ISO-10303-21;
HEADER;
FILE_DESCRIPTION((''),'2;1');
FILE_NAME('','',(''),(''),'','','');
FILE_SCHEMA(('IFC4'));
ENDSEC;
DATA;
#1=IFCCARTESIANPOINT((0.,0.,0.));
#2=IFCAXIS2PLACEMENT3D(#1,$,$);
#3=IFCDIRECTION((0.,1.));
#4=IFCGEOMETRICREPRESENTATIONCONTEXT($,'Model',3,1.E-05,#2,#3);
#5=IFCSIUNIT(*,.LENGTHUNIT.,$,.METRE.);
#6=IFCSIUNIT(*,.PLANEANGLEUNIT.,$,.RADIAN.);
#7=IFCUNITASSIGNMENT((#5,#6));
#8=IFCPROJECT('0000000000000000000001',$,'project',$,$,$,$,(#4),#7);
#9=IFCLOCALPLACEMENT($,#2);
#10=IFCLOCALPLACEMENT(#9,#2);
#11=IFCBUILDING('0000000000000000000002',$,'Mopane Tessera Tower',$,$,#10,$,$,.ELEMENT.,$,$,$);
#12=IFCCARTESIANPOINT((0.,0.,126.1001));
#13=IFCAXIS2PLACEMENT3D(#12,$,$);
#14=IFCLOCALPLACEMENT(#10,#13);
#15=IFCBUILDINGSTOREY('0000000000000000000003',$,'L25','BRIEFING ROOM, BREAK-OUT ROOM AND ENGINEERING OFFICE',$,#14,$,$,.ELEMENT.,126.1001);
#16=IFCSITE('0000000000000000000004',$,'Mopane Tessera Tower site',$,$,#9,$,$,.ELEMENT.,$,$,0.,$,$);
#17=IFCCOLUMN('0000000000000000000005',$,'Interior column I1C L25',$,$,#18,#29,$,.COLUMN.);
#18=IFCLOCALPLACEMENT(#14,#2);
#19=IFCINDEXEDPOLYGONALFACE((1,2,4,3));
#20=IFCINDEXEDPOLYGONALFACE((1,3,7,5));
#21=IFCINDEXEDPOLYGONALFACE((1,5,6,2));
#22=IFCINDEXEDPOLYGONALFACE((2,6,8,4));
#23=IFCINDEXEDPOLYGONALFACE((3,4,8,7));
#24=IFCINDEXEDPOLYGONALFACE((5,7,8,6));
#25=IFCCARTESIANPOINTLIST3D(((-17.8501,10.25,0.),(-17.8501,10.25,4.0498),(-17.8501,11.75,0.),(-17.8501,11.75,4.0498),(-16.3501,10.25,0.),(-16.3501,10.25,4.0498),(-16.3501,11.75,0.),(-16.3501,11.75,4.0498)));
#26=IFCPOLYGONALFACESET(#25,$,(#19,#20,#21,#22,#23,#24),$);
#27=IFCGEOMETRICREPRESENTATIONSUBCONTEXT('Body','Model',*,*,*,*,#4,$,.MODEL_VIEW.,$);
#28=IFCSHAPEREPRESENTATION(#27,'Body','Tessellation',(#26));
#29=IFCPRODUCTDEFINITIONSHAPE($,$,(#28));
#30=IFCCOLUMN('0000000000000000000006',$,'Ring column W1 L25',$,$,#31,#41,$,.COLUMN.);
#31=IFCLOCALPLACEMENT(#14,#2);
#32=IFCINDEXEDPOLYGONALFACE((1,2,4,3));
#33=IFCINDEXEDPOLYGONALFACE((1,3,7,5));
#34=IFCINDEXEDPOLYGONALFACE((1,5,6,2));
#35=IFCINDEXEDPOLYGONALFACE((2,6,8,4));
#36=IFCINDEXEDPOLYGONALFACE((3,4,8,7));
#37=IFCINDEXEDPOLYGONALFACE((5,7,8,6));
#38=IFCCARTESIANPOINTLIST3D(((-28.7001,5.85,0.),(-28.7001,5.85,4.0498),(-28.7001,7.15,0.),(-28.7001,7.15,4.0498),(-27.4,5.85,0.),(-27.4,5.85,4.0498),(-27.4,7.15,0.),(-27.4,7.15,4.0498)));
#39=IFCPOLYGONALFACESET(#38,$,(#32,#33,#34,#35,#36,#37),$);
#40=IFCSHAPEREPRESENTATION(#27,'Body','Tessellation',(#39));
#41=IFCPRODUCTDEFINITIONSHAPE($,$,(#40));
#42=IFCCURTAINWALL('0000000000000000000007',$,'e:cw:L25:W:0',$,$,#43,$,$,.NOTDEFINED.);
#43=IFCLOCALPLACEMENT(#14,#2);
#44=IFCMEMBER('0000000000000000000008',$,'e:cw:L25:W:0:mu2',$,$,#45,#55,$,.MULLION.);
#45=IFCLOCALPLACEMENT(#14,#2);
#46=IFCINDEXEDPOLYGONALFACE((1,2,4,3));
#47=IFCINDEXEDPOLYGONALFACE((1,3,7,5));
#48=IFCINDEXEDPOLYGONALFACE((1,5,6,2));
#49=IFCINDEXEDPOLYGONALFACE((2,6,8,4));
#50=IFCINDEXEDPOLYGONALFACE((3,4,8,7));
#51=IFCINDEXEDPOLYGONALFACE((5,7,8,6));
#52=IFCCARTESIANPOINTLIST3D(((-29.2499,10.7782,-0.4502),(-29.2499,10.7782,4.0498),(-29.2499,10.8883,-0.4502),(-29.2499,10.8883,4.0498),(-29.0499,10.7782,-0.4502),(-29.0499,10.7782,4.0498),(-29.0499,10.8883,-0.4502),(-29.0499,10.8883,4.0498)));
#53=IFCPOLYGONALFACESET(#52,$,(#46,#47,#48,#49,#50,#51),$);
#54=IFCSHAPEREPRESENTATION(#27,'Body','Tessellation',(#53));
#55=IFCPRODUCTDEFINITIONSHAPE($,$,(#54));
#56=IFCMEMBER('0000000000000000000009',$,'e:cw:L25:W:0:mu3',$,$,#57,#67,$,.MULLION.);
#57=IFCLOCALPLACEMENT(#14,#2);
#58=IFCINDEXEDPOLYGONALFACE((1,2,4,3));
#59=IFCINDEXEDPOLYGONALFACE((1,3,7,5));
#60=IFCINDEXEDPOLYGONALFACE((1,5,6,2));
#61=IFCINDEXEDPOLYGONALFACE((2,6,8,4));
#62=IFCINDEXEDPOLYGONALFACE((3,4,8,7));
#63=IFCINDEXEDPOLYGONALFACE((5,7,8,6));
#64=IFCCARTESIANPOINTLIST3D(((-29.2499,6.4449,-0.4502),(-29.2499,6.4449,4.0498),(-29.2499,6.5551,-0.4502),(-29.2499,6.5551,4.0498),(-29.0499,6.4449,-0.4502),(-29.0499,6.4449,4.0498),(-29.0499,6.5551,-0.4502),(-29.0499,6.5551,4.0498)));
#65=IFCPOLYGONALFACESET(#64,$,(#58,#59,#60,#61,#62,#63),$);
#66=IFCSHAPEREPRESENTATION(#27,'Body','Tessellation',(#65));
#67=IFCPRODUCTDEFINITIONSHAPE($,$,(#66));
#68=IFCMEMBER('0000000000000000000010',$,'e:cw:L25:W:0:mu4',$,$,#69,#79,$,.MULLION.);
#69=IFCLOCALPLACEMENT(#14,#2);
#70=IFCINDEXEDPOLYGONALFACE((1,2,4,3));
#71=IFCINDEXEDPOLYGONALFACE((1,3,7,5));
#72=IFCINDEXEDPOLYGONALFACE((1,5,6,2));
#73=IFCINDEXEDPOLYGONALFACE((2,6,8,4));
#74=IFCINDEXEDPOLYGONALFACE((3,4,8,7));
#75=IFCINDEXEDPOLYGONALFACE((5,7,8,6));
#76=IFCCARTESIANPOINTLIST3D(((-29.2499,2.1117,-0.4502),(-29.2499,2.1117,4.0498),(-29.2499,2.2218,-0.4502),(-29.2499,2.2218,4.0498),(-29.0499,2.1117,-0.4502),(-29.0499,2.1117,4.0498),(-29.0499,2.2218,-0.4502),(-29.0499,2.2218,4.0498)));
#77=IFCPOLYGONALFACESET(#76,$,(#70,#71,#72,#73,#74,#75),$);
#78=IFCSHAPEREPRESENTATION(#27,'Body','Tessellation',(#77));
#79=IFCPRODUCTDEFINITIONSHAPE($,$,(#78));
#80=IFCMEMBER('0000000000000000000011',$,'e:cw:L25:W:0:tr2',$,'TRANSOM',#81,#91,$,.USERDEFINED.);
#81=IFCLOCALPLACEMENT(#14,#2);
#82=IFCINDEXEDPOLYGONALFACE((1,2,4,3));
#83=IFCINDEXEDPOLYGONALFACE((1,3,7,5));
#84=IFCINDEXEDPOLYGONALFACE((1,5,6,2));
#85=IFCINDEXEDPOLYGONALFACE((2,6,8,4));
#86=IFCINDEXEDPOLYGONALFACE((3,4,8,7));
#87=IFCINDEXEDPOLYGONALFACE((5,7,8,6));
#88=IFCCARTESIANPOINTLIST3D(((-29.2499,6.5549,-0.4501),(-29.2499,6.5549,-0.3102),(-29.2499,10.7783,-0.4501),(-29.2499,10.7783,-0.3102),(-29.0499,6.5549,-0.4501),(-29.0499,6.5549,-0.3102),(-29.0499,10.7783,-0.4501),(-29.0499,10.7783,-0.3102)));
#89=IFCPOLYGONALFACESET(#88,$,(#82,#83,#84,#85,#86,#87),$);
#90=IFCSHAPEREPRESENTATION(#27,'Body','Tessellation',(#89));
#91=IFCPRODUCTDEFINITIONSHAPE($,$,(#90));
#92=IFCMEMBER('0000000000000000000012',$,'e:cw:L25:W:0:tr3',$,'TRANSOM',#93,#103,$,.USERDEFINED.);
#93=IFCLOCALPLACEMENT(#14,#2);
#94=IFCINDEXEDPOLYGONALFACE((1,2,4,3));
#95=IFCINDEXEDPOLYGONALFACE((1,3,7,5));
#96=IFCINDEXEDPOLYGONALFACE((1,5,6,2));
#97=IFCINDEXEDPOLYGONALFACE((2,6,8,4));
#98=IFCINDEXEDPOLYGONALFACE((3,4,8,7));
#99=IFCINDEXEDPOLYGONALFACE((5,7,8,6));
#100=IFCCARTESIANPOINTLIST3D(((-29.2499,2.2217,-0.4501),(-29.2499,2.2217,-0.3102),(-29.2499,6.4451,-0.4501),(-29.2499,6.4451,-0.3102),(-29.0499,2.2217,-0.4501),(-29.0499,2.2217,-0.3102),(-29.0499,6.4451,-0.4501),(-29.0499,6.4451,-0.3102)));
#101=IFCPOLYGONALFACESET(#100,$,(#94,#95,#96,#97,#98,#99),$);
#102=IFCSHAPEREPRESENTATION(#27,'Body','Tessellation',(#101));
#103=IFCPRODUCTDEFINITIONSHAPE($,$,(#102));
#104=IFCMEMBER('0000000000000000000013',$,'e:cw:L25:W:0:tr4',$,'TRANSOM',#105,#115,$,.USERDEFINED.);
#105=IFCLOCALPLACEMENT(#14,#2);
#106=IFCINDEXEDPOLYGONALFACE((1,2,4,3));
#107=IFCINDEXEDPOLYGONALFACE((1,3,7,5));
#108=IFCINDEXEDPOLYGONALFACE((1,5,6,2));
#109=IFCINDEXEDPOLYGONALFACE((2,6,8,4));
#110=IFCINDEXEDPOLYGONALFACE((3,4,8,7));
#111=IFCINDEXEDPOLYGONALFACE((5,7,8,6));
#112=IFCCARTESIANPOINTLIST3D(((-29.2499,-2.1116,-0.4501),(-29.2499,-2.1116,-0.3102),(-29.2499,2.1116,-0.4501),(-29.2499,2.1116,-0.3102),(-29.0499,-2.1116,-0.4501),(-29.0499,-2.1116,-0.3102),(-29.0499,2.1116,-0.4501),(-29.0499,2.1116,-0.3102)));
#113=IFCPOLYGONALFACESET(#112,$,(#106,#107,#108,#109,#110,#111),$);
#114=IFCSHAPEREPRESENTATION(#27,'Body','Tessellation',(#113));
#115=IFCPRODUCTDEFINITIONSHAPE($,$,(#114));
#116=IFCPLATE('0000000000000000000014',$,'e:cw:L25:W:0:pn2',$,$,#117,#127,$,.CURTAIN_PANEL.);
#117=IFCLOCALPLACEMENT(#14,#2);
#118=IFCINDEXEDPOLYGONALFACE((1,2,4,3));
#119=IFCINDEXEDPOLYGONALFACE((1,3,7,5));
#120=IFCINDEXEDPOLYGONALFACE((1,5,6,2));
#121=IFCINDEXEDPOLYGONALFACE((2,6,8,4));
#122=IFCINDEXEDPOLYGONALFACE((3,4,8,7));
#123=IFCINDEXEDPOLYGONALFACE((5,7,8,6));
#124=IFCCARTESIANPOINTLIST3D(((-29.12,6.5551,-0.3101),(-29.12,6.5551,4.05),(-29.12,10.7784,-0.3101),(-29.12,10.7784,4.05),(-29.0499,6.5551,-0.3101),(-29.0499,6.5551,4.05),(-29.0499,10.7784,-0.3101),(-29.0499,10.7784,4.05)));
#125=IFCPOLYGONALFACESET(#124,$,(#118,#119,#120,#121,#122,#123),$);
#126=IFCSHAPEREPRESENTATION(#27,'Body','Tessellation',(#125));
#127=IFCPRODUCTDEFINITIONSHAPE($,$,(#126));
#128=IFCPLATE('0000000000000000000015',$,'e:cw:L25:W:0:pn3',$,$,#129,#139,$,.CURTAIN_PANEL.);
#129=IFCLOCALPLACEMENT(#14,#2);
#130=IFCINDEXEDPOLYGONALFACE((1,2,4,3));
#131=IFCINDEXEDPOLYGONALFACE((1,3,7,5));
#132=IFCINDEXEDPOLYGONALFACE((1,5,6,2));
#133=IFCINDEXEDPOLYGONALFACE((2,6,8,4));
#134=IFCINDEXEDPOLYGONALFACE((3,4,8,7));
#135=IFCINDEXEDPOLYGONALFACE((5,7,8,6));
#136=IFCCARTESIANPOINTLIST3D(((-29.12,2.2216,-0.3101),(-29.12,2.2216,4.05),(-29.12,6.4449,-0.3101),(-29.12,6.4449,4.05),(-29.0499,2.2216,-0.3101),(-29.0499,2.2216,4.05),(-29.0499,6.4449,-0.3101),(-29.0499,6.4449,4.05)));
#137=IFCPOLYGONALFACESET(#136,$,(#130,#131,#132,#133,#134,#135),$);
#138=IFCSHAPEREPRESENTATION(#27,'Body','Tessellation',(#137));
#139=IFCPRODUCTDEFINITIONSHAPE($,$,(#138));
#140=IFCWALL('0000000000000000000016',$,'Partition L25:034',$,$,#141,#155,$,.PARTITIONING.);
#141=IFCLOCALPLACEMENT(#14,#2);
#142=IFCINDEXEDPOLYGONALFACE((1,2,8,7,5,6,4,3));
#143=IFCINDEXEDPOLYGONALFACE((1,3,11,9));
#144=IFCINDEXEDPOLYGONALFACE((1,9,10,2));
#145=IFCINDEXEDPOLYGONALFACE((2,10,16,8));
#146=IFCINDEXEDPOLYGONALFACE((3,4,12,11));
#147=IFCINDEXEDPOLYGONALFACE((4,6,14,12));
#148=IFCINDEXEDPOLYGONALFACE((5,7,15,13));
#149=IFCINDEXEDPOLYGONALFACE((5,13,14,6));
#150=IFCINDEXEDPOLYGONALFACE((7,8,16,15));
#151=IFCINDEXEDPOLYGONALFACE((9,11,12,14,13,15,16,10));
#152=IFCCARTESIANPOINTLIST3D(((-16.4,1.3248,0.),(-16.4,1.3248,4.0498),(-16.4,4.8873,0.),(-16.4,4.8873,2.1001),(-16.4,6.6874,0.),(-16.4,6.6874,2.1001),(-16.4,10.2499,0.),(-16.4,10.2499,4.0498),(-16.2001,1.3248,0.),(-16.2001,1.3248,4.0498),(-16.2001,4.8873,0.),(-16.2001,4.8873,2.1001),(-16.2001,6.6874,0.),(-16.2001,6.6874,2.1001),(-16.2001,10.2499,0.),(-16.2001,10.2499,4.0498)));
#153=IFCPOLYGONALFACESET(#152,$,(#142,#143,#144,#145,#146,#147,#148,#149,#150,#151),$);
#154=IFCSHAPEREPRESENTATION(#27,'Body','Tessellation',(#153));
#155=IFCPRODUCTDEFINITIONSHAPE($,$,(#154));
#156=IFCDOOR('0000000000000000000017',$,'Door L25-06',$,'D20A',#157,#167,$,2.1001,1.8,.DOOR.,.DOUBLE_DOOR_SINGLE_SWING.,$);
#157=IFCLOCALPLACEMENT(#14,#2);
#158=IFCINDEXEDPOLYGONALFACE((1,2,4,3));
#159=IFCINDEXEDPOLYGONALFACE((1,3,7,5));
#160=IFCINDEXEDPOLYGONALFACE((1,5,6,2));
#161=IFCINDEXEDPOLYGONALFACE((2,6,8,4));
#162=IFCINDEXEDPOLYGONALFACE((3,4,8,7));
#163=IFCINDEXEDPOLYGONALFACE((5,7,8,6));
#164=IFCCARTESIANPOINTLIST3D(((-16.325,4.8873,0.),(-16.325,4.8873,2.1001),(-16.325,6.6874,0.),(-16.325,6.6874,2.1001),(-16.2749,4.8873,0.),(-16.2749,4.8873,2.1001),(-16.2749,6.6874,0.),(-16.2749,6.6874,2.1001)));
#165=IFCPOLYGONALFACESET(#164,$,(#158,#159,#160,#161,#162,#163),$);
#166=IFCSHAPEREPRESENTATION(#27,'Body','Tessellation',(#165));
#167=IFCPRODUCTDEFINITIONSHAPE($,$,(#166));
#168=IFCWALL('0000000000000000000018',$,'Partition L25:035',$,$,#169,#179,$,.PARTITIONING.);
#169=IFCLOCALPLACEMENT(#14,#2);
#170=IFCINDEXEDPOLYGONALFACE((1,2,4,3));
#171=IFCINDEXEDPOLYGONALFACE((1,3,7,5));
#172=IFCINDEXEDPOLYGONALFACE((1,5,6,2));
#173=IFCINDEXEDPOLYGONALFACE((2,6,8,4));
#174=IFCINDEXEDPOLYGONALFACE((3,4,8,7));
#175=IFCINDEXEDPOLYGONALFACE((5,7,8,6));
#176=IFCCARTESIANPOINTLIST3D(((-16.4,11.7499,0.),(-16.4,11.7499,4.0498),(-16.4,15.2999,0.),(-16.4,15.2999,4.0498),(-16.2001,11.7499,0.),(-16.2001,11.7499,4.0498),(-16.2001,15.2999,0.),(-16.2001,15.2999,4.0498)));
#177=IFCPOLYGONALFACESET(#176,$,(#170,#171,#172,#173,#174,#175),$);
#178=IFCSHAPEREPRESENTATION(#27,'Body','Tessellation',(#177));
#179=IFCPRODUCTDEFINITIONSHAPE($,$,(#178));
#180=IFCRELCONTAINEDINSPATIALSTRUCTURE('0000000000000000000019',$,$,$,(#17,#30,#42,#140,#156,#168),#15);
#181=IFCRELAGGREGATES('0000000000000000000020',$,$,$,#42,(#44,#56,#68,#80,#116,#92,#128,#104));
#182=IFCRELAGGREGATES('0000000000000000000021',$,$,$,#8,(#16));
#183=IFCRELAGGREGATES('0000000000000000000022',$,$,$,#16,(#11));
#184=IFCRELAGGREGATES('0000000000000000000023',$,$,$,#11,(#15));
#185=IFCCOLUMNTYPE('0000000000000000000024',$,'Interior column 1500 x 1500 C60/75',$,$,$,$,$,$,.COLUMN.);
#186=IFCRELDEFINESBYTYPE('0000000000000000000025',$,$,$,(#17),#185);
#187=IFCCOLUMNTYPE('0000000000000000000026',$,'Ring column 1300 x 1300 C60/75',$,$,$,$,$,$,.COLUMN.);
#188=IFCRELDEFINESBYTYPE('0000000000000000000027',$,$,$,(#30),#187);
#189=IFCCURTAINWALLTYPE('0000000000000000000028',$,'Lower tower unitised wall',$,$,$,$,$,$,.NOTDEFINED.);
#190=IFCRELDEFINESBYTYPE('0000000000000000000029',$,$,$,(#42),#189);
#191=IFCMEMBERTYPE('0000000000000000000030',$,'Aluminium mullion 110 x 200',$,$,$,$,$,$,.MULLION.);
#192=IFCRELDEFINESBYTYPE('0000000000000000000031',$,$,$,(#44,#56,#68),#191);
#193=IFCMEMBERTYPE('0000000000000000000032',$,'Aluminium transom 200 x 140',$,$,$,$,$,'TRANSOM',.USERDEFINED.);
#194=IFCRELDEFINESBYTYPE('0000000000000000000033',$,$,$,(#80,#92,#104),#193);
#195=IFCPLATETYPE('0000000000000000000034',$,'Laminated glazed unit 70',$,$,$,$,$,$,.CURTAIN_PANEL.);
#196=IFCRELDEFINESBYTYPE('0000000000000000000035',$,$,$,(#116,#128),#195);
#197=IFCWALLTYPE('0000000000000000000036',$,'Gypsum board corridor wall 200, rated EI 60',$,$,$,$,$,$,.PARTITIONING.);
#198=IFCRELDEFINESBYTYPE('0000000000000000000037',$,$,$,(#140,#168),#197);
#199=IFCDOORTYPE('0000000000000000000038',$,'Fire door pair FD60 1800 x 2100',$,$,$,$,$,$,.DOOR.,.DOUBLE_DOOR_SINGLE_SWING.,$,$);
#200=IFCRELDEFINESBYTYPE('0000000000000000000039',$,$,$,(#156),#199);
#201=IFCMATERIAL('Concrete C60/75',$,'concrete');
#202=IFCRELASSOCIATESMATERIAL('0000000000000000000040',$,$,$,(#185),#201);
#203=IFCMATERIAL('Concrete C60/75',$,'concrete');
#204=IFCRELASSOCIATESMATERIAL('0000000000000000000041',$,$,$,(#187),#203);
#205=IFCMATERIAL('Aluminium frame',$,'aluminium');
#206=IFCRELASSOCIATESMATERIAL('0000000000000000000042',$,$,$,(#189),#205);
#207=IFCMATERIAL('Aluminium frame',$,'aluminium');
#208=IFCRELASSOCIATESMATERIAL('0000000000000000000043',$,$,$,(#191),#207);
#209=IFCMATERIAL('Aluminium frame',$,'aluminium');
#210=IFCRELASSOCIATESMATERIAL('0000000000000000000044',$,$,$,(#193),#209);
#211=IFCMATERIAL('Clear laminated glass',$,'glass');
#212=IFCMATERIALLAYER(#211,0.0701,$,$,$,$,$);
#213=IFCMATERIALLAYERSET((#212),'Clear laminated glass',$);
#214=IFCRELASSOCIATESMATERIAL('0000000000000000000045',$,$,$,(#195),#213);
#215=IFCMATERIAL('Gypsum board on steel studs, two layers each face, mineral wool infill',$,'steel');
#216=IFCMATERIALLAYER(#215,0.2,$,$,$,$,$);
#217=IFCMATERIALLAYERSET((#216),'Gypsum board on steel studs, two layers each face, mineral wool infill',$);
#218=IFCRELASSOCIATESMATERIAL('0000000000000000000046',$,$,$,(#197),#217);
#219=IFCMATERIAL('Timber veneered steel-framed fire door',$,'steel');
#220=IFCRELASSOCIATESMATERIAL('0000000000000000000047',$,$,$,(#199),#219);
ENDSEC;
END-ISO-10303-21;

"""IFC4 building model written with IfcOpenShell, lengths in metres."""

from ifc_helpers import new_model, si_unit, direction, frame, frame_2d, origin, origin_2d, place, context, subcontext, project, spatial, rectangle, extrude, material, layer, layer_set, material_profile, profile_set, type_object, element, fill, aggregate, save


model = new_model("IFC4")

# Units and contexts
model_context = context("Model", 3, precision=1e-05, world=origin(), true_north=direction((0.0, 1.0)))
body_context = subcontext(model_context, "Body", "Model", "MODEL_VIEW")
ifc_project = project(units=[si_unit("LENGTHUNIT", "METRE"), si_unit("PLANEANGLEUNIT", "RADIAN")], contexts=[model_context])

# Site, building, storey
site_placement = place(None, origin())
site = spatial("IfcSite", under=ifc_project, at=site_placement, Name="Mopane Tessera Tower site", CompositionType="ELEMENT", RefElevation=0.0)
building_placement = place(site_placement, origin())
building = spatial("IfcBuilding", under=site, at=building_placement, Name="Mopane Tessera Tower", CompositionType="ELEMENT")
storey_placement = place(building_placement, frame((0.0, 0.0, 126.1001)))
storey = spatial("IfcBuildingStorey", under=building, at=storey_placement, Name="L25", Description="BRIEFING ROOM, BREAK-OUT ROOM AND ENGINEERING OFFICE", CompositionType="ELEMENT", Elevation=126.1001)

# Columns
ifc_material_1 = material(Name="Concrete C60/75", Category="concrete")
ifc_material_profile_1 = material_profile(ifc_material_1, rectangle(XDim=1.5, YDim=1.5, at=origin_2d()))
ifc_profile_set_1 = profile_set([ifc_material_profile_1], Name="Concrete C60/75")
column_type_1 = type_object("IfcColumnType", Name="Interior column 1500 x 1500 C60/75", PredefinedType="COLUMN", material=ifc_profile_set_1)
column_1_placement = place(storey_placement, frame((-17.1001, 11.0, 0.0), z_axis=(0.0, 0.0, 1.0), x_axis=(1.0, 0.0, 0.0)))
element("IfcColumn", 1, at=column_1_placement, inside=storey, type_object=column_type_1, Name="Interior column I1C L25", PredefinedType="COLUMN", context=body_context, shape_type="SweptSolid", body=[
    extrude(rectangle(XDim=1.5, YDim=1.5, at=origin_2d()), origin(), (0.0, 0.0, 1.0), 4.0498),
])
ifc_material_2 = material(Name="Concrete C60/75", Category="concrete")
ifc_material_profile_2 = material_profile(ifc_material_2, rectangle(XDim=1.3, YDim=1.3, at=origin_2d()))
ifc_profile_set_2 = profile_set([ifc_material_profile_2], Name="Concrete C60/75")
column_type_2 = type_object("IfcColumnType", Name="Ring column 1300 x 1300 C60/75", PredefinedType="COLUMN", material=ifc_profile_set_2)
column_2_placement = place(storey_placement, frame((-28.05, 6.5, 0.0), z_axis=(0.0, 0.0, 1.0), x_axis=(1.0, 0.0, 0.0)))
element("IfcColumn", 2, at=column_2_placement, inside=storey, type_object=column_type_2, Name="Ring column W1 L25", PredefinedType="COLUMN", context=body_context, shape_type="SweptSolid", body=[
    extrude(rectangle(XDim=1.3, YDim=1.3, at=origin_2d()), origin(), (0.0, 0.0, 1.0), 4.0498),
])

# Curtain wall, members, plates
ifc_material_3 = material(Name="Aluminium frame", Category="aluminium")
curtain_wall_type = type_object("IfcCurtainWallType", Name="Lower tower unitised wall", PredefinedType="NOTDEFINED", material=ifc_material_3)
curtain_wall_placement = place(storey_placement, origin())
curtain_wall = element("IfcCurtainWall", 3, at=curtain_wall_placement, inside=storey, type_object=curtain_wall_type, Name="e:cw:L25:W:0", PredefinedType="NOTDEFINED")
ifc_material_4 = material(Name="Aluminium frame", Category="aluminium")
ifc_material_profile_3 = material_profile(ifc_material_4, rectangle(XDim=0.1101, YDim=0.2, at=origin_2d()))
ifc_profile_set_3 = profile_set([ifc_material_profile_3], Name="Aluminium frame")
member_type_1 = type_object("IfcMemberType", Name="Aluminium mullion 110 x 200", PredefinedType="MULLION", material=ifc_profile_set_3)
member_1_placement = place(storey_placement, frame((-29.1499, 10.8333, -0.4502), z_axis=(0.0, 0.0, 1.0), x_axis=(0.0, -1.0, 0.0)))
member_1 = element("IfcMember", 4, at=member_1_placement, type_object=member_type_1, Name="e:cw:L25:W:0:mu2", PredefinedType="MULLION", context=body_context, shape_type="SweptSolid", body=[
    extrude(rectangle(XDim=0.1101, YDim=0.2, at=origin_2d()), origin(), (0.0, 0.0, 1.0), 4.5),
])
member_2_placement = place(storey_placement, frame((-29.1499, 6.5, -0.4502), z_axis=(0.0, 0.0, 1.0), x_axis=(0.0, -1.0, 0.0)))
member_2 = element("IfcMember", 5, at=member_2_placement, type_object=member_type_1, Name="e:cw:L25:W:0:mu3", PredefinedType="MULLION", context=body_context, shape_type="SweptSolid", body=[
    extrude(rectangle(XDim=0.1101, YDim=0.2, at=origin_2d()), origin(), (0.0, 0.0, 1.0), 4.5),
])
member_3_placement = place(storey_placement, frame((-29.1499, 2.1667, -0.4502), z_axis=(0.0, 0.0, 1.0), x_axis=(0.0, -1.0, 0.0)))
member_3 = element("IfcMember", 6, at=member_3_placement, type_object=member_type_1, Name="e:cw:L25:W:0:mu4", PredefinedType="MULLION", context=body_context, shape_type="SweptSolid", body=[
    extrude(rectangle(XDim=0.1101, YDim=0.2, at=origin_2d()), origin(), (0.0, 0.0, 1.0), 4.5),
])
ifc_material_5 = material(Name="Aluminium frame", Category="aluminium")
ifc_material_profile_4 = material_profile(ifc_material_5, rectangle(XDim=0.2, YDim=0.1399, at=origin_2d()))
ifc_profile_set_4 = profile_set([ifc_material_profile_4], Name="Aluminium frame")
member_type_2 = type_object("IfcMemberType", Name="Aluminium transom 200 x 140", ElementType="TRANSOM", PredefinedType="USERDEFINED", material=ifc_profile_set_4)
member_4_placement = place(storey_placement, frame((-29.1499, 10.7783, -0.3801), z_axis=(0.0, -1.0, 0.0), x_axis=(1.0, 0.0, 0.0)))
member_4 = element("IfcMember", 7, at=member_4_placement, type_object=member_type_2, Name="e:cw:L25:W:0:tr2", ObjectType="TRANSOM", PredefinedType="USERDEFINED", context=body_context, shape_type="SweptSolid", body=[
    extrude(rectangle(XDim=0.2, YDim=0.1399, at=origin_2d()), origin(), (0.0, 0.0, 1.0), 4.2234),
])
member_5_placement = place(storey_placement, frame((-29.1499, 6.4451, -0.3801), z_axis=(0.0, -1.0, 0.0), x_axis=(1.0, 0.0, 0.0)))
member_5 = element("IfcMember", 8, at=member_5_placement, type_object=member_type_2, Name="e:cw:L25:W:0:tr3", ObjectType="TRANSOM", PredefinedType="USERDEFINED", context=body_context, shape_type="SweptSolid", body=[
    extrude(rectangle(XDim=0.2, YDim=0.1399, at=origin_2d()), origin(), (0.0, 0.0, 1.0), 4.2234),
])
member_6_placement = place(storey_placement, frame((-29.1499, 2.1116, -0.3801), z_axis=(0.0, -1.0, 0.0), x_axis=(1.0, 0.0, 0.0)))
member_6 = element("IfcMember", 9, at=member_6_placement, type_object=member_type_2, Name="e:cw:L25:W:0:tr4", ObjectType="TRANSOM", PredefinedType="USERDEFINED", context=body_context, shape_type="SweptSolid", body=[
    extrude(rectangle(XDim=0.2, YDim=0.1399, at=origin_2d()), origin(), (0.0, 0.0, 1.0), 4.2231),
])
ifc_material_6 = material(Name="Clear laminated glass", Category="glass")
ifc_layer_1 = layer(ifc_material_6, 0.0701)
ifc_layer_set_1 = layer_set([ifc_layer_1], Name="Clear laminated glass")
plate_type = type_object("IfcPlateType", Name="Laminated glazed unit 70", PredefinedType="CURTAIN_PANEL", material=ifc_layer_set_1)
plate_1_placement = place(storey_placement, frame((-29.085, 8.6667, -0.3101), z_axis=(0.0, 0.0, 1.0), x_axis=(0.0, -1.0, 0.0)))
plate_1 = element("IfcPlate", 10, at=plate_1_placement, type_object=plate_type, Name="e:cw:L25:W:0:pn2", PredefinedType="CURTAIN_PANEL", context=body_context, shape_type="SweptSolid", body=[
    extrude(rectangle(XDim=4.2234, YDim=0.0701, at=origin_2d()), origin(), (0.0, 0.0, 1.0), 4.3601),
])
plate_2_placement = place(storey_placement, frame((-29.085, 4.3333, -0.3101), z_axis=(0.0, 0.0, 1.0), x_axis=(0.0, -1.0, 0.0)))
plate_2 = element("IfcPlate", 11, at=plate_2_placement, type_object=plate_type, Name="e:cw:L25:W:0:pn3", PredefinedType="CURTAIN_PANEL", context=body_context, shape_type="SweptSolid", body=[
    extrude(rectangle(XDim=4.2234, YDim=0.0701, at=origin_2d()), origin(), (0.0, 0.0, 1.0), 4.3601),
])
aggregate(curtain_wall, [member_1, member_2, member_3, member_4, plate_1, member_5, plate_2, member_6])

# Wall, opening, door
ifc_material_7 = material(Name="Gypsum board on steel studs, two layers each face, mineral wool infill", Category="steel")
ifc_layer_2 = layer(ifc_material_7, 0.2)
ifc_layer_set_2 = layer_set([ifc_layer_2], Name="Gypsum board on steel studs, two layers each face, mineral wool infill")
wall_type_1 = type_object("IfcWallType", Name="Gypsum board corridor wall 200, rated EI 60", PredefinedType="PARTITIONING", material=ifc_layer_set_2)
wall_1_placement = place(storey_placement, frame((-16.3, 1.325, 0.0), z_axis=(0.0, 0.0, 1.0), x_axis=(0.0, 1.0, 0.0)))
wall_1 = element("IfcWall", 12, at=wall_1_placement, inside=storey, type_object=wall_type_1, Name="Partition L25:034", PredefinedType="PARTITIONING", context=body_context, shape_type="SweptSolid", body=[
    extrude(rectangle(XDim=8.925, YDim=0.2, at=frame_2d((4.4624, 0.0))), origin(), (0.0, 0.0, 1.0), 4.0498),
])
opening_1_placement = place(wall_1_placement, frame((3.5625, 0.0, 0.0)))
opening_1 = element("IfcOpeningElement", 13, at=opening_1_placement, cuts=wall_1, PredefinedType="OPENING", context=body_context, shape_type="SweptSolid", body=[
    extrude(rectangle(XDim=1.8, YDim=2.1001, at=frame_2d((0.8999, 1.05))), frame((0.0, 0.1121, 0.0), z_axis=(0.0, -1.0, 0.0), x_axis=(1.0, 0.0, 0.0)), (0.0, 0.0, 1.0), 0.2239),
])
ifc_material_8 = material(Name="Timber veneered steel-framed fire door", Category="steel")
door_type_1 = type_object("IfcDoorType", Name="Fire door pair FD60 1800 x 2100", OperationType="DOUBLE_DOOR_SINGLE_SWING", PredefinedType="DOOR", material=ifc_material_8)
door_1_placement = place(opening_1_placement, origin())
door_1 = element("IfcDoor", 14, at=door_1_placement, inside=storey, type_object=door_type_1, Name="Door L25-06", ObjectType="D20A", OperationType="DOUBLE_DOOR_SINGLE_SWING", OverallHeight=2.1001, OverallWidth=1.8, PredefinedType="DOOR", context=body_context, shape_type="SweptSolid", body=[
    extrude(rectangle(XDim=1.8, YDim=2.1001, at=frame_2d((0.8999, 1.05))), frame((0.0, 0.0249, 0.0), z_axis=(0.0, -1.0, 0.0), x_axis=(1.0, 0.0, 0.0)), (0.0, 0.0, 1.0), 0.05),
])
fill(opening_1, door_1)

# Wall
wall_2_placement = place(storey_placement, frame((-16.3, 11.75, 0.0), z_axis=(0.0, 0.0, 1.0), x_axis=(0.0, 1.0, 0.0)))
element("IfcWall", 15, at=wall_2_placement, inside=storey, type_object=wall_type_1, Name="Partition L25:035", PredefinedType="PARTITIONING", context=body_context, shape_type="SweptSolid", body=[
    extrude(rectangle(XDim=3.55, YDim=0.2, at=frame_2d((1.7749, 0.0))), origin(), (0.0, 0.0, 1.0), 4.0498),
])

save(model, "model.ifc")
